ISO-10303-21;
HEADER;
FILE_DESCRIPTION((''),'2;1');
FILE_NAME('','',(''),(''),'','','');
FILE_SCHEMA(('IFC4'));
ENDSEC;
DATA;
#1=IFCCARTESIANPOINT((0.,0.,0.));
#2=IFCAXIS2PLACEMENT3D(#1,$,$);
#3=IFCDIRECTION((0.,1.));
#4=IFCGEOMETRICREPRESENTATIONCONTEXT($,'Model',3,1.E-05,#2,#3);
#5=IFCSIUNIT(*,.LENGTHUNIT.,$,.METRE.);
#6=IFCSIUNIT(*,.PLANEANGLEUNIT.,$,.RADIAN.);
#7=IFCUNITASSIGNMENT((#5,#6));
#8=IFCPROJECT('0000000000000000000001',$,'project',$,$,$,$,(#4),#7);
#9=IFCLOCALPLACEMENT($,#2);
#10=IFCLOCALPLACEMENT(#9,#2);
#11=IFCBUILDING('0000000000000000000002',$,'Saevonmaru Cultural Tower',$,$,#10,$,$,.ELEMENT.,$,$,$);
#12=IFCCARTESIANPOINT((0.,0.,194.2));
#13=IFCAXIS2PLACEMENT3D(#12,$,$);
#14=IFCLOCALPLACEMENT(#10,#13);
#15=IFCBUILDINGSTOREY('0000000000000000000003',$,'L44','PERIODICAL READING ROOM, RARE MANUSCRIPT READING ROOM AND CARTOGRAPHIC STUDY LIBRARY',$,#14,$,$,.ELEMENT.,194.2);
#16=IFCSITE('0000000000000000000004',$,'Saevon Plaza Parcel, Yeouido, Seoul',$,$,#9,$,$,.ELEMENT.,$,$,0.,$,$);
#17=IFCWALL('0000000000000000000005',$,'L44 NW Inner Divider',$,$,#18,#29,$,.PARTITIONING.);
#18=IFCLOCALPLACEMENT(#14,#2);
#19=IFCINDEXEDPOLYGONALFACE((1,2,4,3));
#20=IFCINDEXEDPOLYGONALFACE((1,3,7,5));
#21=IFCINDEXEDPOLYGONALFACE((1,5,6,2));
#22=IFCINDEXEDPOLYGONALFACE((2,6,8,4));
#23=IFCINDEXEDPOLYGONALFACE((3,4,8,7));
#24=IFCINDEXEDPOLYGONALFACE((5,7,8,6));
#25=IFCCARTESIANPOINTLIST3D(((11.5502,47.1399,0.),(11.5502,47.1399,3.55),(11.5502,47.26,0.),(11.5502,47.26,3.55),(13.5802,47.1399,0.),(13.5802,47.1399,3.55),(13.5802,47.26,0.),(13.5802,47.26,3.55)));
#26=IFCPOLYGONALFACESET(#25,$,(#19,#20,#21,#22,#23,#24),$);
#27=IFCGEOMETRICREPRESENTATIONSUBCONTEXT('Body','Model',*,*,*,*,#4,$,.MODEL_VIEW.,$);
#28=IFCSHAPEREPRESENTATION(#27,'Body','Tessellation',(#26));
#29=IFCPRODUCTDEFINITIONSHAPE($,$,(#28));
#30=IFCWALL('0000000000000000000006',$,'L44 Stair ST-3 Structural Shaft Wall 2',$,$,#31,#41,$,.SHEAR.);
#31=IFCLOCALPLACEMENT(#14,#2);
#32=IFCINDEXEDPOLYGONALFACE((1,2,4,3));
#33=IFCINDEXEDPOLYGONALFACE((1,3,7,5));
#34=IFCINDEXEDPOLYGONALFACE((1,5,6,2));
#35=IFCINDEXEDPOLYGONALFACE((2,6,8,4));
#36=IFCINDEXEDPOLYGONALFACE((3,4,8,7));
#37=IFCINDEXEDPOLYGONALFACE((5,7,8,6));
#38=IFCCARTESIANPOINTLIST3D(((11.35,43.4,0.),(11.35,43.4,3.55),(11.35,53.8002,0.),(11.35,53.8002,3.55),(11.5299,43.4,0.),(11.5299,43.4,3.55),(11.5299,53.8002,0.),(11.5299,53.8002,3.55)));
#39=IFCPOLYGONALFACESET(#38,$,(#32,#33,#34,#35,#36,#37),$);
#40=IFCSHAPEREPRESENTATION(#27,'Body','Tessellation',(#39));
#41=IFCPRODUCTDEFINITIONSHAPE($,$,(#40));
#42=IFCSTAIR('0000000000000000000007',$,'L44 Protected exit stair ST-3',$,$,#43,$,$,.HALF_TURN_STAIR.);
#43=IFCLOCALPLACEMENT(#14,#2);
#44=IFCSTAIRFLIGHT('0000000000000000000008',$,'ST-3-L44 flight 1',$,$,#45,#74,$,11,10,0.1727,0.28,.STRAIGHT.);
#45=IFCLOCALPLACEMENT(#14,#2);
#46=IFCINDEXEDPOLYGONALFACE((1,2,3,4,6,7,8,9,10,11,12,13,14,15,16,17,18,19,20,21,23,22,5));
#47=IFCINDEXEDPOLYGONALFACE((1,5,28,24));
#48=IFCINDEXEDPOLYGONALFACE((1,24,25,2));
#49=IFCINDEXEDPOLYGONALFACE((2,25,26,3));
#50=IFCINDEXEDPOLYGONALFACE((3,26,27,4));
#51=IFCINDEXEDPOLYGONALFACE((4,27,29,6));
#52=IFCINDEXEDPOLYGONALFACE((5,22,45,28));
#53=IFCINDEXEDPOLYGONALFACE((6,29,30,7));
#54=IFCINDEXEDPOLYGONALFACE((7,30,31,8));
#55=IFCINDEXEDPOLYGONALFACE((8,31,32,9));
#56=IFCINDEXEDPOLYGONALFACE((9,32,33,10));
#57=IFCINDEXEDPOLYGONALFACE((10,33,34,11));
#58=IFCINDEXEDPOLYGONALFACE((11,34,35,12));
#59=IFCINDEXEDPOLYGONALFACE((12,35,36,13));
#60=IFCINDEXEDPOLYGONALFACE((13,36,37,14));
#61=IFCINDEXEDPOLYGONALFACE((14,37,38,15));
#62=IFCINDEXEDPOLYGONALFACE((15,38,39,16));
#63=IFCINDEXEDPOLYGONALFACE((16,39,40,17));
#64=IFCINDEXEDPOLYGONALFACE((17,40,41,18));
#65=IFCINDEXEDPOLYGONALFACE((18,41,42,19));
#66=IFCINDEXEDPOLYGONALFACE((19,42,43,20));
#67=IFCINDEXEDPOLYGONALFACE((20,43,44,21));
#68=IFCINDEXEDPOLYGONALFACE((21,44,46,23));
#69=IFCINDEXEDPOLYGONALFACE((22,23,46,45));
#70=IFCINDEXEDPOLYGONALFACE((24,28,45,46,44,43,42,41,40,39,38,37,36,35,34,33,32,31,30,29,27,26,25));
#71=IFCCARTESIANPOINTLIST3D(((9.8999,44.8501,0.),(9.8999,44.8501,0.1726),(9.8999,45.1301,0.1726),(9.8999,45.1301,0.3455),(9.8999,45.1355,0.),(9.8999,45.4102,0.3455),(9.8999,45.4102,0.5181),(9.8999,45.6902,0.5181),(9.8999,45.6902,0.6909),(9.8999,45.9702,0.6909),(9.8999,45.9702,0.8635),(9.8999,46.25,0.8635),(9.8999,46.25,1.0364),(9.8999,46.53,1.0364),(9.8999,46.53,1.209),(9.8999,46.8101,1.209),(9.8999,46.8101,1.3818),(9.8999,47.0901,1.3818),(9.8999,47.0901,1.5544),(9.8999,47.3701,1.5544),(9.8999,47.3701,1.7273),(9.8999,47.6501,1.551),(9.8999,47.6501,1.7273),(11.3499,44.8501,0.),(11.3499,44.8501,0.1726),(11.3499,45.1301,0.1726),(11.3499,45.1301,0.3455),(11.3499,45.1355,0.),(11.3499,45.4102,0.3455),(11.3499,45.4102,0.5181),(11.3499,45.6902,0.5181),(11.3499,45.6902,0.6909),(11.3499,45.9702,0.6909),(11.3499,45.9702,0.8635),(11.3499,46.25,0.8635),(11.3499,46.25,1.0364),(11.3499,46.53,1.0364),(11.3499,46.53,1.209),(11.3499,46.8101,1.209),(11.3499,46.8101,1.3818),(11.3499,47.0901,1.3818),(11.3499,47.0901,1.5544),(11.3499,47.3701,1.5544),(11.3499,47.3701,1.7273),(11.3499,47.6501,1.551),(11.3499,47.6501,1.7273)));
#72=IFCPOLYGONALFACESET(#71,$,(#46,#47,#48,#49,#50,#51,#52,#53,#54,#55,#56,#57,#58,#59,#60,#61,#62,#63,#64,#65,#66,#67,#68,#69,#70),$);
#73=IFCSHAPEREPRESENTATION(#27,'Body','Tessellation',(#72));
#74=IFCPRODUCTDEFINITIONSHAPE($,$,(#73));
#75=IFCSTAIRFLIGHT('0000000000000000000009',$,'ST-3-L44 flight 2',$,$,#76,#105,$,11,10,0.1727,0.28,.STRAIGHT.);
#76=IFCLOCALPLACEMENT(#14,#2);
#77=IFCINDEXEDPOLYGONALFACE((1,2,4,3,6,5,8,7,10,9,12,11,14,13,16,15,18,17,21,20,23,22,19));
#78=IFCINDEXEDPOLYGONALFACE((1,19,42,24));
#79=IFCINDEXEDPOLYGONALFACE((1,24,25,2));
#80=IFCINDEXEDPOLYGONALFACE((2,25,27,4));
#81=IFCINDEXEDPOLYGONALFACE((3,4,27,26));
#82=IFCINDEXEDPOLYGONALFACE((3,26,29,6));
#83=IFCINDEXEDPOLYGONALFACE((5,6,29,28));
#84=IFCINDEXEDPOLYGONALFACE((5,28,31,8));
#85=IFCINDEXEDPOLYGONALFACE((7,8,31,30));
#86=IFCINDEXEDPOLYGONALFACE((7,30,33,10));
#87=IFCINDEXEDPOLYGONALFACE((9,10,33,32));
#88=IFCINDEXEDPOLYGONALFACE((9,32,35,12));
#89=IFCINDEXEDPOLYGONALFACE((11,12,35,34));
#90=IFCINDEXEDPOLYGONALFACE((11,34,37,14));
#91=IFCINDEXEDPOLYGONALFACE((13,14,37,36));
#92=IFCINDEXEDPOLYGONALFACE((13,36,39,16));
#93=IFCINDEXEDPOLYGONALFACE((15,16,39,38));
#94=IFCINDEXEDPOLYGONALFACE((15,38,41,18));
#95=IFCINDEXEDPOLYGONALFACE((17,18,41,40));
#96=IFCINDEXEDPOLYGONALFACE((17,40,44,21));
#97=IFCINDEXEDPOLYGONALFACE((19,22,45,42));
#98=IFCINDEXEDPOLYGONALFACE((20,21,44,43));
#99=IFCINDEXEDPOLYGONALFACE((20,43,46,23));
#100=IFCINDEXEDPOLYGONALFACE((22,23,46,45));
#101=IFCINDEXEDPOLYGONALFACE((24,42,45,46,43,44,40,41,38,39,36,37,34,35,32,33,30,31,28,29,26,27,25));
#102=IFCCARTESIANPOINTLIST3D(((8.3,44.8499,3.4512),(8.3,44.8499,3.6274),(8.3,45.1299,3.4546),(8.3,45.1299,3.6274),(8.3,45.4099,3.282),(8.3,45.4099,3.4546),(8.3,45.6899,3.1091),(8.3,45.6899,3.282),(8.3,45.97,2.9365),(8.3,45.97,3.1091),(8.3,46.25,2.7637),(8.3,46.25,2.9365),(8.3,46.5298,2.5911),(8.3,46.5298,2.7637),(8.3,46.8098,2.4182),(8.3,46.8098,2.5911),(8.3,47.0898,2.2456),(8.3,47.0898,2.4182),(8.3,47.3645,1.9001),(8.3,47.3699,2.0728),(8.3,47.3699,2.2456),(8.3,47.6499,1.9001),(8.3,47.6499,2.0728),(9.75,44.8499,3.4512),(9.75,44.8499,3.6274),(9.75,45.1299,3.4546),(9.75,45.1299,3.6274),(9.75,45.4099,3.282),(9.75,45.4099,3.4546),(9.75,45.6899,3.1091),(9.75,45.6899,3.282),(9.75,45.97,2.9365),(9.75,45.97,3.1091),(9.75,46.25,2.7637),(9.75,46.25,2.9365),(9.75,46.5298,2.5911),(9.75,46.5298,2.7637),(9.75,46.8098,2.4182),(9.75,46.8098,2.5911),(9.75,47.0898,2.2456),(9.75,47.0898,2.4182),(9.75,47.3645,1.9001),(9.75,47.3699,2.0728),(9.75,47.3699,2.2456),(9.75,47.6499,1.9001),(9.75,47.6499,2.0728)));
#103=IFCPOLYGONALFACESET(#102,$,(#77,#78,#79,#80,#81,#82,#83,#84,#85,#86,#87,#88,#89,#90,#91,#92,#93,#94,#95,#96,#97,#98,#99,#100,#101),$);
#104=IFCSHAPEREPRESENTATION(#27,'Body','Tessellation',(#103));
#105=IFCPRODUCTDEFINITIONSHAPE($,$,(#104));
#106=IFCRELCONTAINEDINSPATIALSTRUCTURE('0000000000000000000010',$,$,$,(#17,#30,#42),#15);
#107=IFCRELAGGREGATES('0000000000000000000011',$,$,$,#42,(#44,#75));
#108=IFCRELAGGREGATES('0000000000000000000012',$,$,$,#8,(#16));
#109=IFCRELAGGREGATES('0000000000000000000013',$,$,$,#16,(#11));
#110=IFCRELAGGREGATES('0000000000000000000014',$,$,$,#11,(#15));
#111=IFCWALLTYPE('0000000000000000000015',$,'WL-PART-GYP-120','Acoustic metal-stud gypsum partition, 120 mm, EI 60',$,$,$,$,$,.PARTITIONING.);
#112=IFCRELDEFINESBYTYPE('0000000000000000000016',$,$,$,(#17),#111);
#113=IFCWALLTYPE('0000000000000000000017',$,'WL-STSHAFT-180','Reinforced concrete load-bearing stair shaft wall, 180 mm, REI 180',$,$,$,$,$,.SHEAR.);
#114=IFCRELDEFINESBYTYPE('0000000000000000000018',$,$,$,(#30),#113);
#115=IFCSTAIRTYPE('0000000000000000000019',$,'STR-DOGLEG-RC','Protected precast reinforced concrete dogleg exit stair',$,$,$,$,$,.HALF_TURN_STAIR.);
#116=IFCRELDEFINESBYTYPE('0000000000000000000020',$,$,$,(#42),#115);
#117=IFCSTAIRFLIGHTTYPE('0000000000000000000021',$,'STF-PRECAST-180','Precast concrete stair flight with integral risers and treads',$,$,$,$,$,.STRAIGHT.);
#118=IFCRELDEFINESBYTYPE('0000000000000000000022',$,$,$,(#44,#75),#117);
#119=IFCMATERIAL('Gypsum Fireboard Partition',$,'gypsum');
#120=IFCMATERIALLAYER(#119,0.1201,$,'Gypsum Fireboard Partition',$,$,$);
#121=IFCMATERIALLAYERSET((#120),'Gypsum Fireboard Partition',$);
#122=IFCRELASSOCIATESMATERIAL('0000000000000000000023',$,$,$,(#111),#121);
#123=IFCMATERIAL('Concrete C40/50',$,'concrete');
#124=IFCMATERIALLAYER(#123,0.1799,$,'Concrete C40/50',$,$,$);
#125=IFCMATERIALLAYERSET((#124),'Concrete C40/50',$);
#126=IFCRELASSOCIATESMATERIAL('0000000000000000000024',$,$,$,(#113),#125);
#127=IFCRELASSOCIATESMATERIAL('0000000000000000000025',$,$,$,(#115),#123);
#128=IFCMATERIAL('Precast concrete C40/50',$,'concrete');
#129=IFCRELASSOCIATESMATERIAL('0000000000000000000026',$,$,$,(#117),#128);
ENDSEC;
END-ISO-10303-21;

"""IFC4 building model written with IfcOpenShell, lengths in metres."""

from ifc_helpers import new_model, si_unit, direction, frame, frame_2d, origin, place, context, subcontext, project, spatial, polyline, rectangle, outline, extrude, material, layer, layer_set, type_object, element, aggregate, save


model = new_model("IFC4")

# Units and contexts
model_context = context("Model", 3, precision=1e-05, world=origin(), true_north=direction((0.0, 1.0)))
body_context = subcontext(model_context, "Body", "Model", "MODEL_VIEW")
ifc_project = project(units=[si_unit("LENGTHUNIT", "METRE"), si_unit("PLANEANGLEUNIT", "RADIAN")], contexts=[model_context])

# Site, building, storey
site_placement = place(None, origin())
site = spatial("IfcSite", under=ifc_project, at=site_placement, Name="Saevon Plaza Parcel, Yeouido, Seoul", CompositionType="ELEMENT", RefElevation=0.0)
building_placement = place(site_placement, origin())
building = spatial("IfcBuilding", under=site, at=building_placement, Name="Saevonmaru Cultural Tower", CompositionType="ELEMENT")
storey_placement = place(building_placement, frame((0.0, 0.0, 194.2)))
storey = spatial("IfcBuildingStorey", under=building, at=storey_placement, Name="L44", Description="PERIODICAL READING ROOM, RARE MANUSCRIPT READING ROOM AND CARTOGRAPHIC STUDY LIBRARY", CompositionType="ELEMENT", Elevation=194.2)

# Wall
ifc_material_1 = material(Name="Gypsum Fireboard Partition", Category="gypsum")
ifc_layer_1 = layer(ifc_material_1, 0.1201, Name="Gypsum Fireboard Partition")
ifc_layer_set_1 = layer_set([ifc_layer_1], Name="Gypsum Fireboard Partition")
wall_type_1 = type_object("IfcWallType", Name="WL-PART-GYP-120", Description="Acoustic metal-stud gypsum partition, 120 mm, EI 60", PredefinedType="PARTITIONING", material=ifc_layer_set_1)
wall_1_placement = place(storey_placement, frame((11.55, 47.2, 0.0), z_axis=(0.0, 0.0, 1.0), x_axis=(1.0, 0.0, 0.0)))
element("IfcWall", 1, at=wall_1_placement, inside=storey, type_object=wall_type_1, Name="L44 NW Inner Divider", PredefinedType="PARTITIONING", context=body_context, shape_type="SweptSolid", body=[
    extrude(rectangle(XDim=2.03, YDim=0.1201, at=frame_2d((1.0151, 0.0))), origin(), (0.0, 0.0, 1.0), 3.55),
])

# Shared definitions
ifc_material_2 = material(Name="Concrete C40/50", Category="concrete")
ifc_layer_2 = layer(ifc_material_2, 0.1799, Name="Concrete C40/50")
ifc_layer_set_2 = layer_set([ifc_layer_2], Name="Concrete C40/50")
wall_type_2 = type_object("IfcWallType", Name="WL-STSHAFT-180", Description="Reinforced concrete load-bearing stair shaft wall, 180 mm, REI 180", PredefinedType="SHEAR", material=ifc_layer_set_2)

# Wall
wall_2_placement = place(storey_placement, frame((11.4399, 43.3999, 0.0), z_axis=(0.0, 0.0, 1.0), x_axis=(0.0, 1.0, 0.0)))
element("IfcWall", 2, at=wall_2_placement, inside=storey, type_object=wall_type_2, Name="L44 Stair ST-3 Structural Shaft Wall 2", PredefinedType="SHEAR", context=body_context, shape_type="SweptSolid", body=[
    extrude(rectangle(XDim=10.4001, YDim=0.1799, at=frame_2d((5.2002, 0.0))), origin(), (0.0, 0.0, 1.0), 3.55),
])

# Stair, stair flights
stair_type = type_object("IfcStairType", Name="STR-DOGLEG-RC", Description="Protected precast reinforced concrete dogleg exit stair", PredefinedType="HALF_TURN_STAIR", material=ifc_material_2)
stair_placement = place(storey_placement, origin())
stair = element("IfcStair", 3, at=stair_placement, inside=storey, type_object=stair_type, Name="L44 Protected exit stair ST-3", PredefinedType="HALF_TURN_STAIR")
ifc_material_3 = material(Name="Precast concrete C40/50", Category="concrete")
stair_flight_type = type_object("IfcStairFlightType", Name="STF-PRECAST-180", Description="Precast concrete stair flight with integral risers and treads", PredefinedType="STRAIGHT", material=ifc_material_3)
stair_flight_1_placement = place(storey_placement, frame((10.625, 44.8501, 0.0), z_axis=(0.0, 0.0, 1.0), x_axis=(0.0, 1.0, 0.0)))
stair_flight_1 = element("IfcStairFlight", 4, at=stair_flight_1_placement, type_object=stair_flight_type, Name="ST-3-L44 flight 1", NumberOfRisers=11, NumberOfTreads=10, PredefinedType="STRAIGHT", RiserHeight=0.1727, TreadLength=0.28, context=body_context, shape_type="SweptSolid", body=[
    extrude(outline(polyline([(0.0, 0.0), (0.0, 0.1726), (0.28, 0.1726), (0.28, 0.3455), (0.5601, 0.3455), (0.5601, 0.5181), (0.8401, 0.5181), (0.8401, 0.6909), (1.1201, 0.6909), (1.1201, 0.8635), (1.3999, 0.8635), (1.3999, 1.0364), (1.6799, 1.0364), (1.6799, 1.209), (1.96, 1.209), (1.96, 1.3818), (2.24, 1.3818), (2.24, 1.5544), (2.52, 1.5544), (2.52, 1.7273), (2.8, 1.7273), (2.8, 1.8999), (2.8, 1.551), (0.2854, 0.0), (0.0, 0.0)])), frame((0.0, 0.7251, 0.0), z_axis=(0.0, -1.0, 0.0), x_axis=(1.0, 0.0, 0.0)), (0.0, 0.0, 1.0), 1.45),
])
stair_flight_2_placement = place(storey_placement, frame((9.0249, 47.6499, 1.9001), z_axis=(0.0, 0.0, 1.0), x_axis=(0.0, -1.0, 0.0)))
stair_flight_2 = element("IfcStairFlight", 5, at=stair_flight_2_placement, type_object=stair_flight_type, Name="ST-3-L44 flight 2", NumberOfRisers=11, NumberOfTreads=10, PredefinedType="STRAIGHT", RiserHeight=0.1727, TreadLength=0.28, context=body_context, shape_type="SweptSolid", body=[
    extrude(outline(polyline([(0.0, 0.0), (0.0, 0.1726), (0.28, 0.1726), (0.28, 0.3455), (0.5601, 0.3455), (0.5601, 0.5181), (0.8401, 0.5181), (0.8401, 0.6909), (1.1201, 0.6909), (1.1201, 0.8635), (1.3999, 0.8635), (1.3999, 1.0364), (1.6799, 1.0364), (1.6799, 1.209), (1.96, 1.209), (1.96, 1.3818), (2.24, 1.3818), (2.24, 1.5544), (2.52, 1.5544), (2.52, 1.7273), (2.8, 1.7273), (2.8, 1.8999), (2.8, 1.551), (0.2854, 0.0), (0.0, 0.0)])), frame((0.0, 0.7251, 0.0), z_axis=(0.0, -1.0, 0.0), x_axis=(1.0, 0.0, 0.0)), (0.0, 0.0, 1.0), 1.45),
])
aggregate(stair, [stair_flight_1, stair_flight_2])

save(model, "model.ifc")
